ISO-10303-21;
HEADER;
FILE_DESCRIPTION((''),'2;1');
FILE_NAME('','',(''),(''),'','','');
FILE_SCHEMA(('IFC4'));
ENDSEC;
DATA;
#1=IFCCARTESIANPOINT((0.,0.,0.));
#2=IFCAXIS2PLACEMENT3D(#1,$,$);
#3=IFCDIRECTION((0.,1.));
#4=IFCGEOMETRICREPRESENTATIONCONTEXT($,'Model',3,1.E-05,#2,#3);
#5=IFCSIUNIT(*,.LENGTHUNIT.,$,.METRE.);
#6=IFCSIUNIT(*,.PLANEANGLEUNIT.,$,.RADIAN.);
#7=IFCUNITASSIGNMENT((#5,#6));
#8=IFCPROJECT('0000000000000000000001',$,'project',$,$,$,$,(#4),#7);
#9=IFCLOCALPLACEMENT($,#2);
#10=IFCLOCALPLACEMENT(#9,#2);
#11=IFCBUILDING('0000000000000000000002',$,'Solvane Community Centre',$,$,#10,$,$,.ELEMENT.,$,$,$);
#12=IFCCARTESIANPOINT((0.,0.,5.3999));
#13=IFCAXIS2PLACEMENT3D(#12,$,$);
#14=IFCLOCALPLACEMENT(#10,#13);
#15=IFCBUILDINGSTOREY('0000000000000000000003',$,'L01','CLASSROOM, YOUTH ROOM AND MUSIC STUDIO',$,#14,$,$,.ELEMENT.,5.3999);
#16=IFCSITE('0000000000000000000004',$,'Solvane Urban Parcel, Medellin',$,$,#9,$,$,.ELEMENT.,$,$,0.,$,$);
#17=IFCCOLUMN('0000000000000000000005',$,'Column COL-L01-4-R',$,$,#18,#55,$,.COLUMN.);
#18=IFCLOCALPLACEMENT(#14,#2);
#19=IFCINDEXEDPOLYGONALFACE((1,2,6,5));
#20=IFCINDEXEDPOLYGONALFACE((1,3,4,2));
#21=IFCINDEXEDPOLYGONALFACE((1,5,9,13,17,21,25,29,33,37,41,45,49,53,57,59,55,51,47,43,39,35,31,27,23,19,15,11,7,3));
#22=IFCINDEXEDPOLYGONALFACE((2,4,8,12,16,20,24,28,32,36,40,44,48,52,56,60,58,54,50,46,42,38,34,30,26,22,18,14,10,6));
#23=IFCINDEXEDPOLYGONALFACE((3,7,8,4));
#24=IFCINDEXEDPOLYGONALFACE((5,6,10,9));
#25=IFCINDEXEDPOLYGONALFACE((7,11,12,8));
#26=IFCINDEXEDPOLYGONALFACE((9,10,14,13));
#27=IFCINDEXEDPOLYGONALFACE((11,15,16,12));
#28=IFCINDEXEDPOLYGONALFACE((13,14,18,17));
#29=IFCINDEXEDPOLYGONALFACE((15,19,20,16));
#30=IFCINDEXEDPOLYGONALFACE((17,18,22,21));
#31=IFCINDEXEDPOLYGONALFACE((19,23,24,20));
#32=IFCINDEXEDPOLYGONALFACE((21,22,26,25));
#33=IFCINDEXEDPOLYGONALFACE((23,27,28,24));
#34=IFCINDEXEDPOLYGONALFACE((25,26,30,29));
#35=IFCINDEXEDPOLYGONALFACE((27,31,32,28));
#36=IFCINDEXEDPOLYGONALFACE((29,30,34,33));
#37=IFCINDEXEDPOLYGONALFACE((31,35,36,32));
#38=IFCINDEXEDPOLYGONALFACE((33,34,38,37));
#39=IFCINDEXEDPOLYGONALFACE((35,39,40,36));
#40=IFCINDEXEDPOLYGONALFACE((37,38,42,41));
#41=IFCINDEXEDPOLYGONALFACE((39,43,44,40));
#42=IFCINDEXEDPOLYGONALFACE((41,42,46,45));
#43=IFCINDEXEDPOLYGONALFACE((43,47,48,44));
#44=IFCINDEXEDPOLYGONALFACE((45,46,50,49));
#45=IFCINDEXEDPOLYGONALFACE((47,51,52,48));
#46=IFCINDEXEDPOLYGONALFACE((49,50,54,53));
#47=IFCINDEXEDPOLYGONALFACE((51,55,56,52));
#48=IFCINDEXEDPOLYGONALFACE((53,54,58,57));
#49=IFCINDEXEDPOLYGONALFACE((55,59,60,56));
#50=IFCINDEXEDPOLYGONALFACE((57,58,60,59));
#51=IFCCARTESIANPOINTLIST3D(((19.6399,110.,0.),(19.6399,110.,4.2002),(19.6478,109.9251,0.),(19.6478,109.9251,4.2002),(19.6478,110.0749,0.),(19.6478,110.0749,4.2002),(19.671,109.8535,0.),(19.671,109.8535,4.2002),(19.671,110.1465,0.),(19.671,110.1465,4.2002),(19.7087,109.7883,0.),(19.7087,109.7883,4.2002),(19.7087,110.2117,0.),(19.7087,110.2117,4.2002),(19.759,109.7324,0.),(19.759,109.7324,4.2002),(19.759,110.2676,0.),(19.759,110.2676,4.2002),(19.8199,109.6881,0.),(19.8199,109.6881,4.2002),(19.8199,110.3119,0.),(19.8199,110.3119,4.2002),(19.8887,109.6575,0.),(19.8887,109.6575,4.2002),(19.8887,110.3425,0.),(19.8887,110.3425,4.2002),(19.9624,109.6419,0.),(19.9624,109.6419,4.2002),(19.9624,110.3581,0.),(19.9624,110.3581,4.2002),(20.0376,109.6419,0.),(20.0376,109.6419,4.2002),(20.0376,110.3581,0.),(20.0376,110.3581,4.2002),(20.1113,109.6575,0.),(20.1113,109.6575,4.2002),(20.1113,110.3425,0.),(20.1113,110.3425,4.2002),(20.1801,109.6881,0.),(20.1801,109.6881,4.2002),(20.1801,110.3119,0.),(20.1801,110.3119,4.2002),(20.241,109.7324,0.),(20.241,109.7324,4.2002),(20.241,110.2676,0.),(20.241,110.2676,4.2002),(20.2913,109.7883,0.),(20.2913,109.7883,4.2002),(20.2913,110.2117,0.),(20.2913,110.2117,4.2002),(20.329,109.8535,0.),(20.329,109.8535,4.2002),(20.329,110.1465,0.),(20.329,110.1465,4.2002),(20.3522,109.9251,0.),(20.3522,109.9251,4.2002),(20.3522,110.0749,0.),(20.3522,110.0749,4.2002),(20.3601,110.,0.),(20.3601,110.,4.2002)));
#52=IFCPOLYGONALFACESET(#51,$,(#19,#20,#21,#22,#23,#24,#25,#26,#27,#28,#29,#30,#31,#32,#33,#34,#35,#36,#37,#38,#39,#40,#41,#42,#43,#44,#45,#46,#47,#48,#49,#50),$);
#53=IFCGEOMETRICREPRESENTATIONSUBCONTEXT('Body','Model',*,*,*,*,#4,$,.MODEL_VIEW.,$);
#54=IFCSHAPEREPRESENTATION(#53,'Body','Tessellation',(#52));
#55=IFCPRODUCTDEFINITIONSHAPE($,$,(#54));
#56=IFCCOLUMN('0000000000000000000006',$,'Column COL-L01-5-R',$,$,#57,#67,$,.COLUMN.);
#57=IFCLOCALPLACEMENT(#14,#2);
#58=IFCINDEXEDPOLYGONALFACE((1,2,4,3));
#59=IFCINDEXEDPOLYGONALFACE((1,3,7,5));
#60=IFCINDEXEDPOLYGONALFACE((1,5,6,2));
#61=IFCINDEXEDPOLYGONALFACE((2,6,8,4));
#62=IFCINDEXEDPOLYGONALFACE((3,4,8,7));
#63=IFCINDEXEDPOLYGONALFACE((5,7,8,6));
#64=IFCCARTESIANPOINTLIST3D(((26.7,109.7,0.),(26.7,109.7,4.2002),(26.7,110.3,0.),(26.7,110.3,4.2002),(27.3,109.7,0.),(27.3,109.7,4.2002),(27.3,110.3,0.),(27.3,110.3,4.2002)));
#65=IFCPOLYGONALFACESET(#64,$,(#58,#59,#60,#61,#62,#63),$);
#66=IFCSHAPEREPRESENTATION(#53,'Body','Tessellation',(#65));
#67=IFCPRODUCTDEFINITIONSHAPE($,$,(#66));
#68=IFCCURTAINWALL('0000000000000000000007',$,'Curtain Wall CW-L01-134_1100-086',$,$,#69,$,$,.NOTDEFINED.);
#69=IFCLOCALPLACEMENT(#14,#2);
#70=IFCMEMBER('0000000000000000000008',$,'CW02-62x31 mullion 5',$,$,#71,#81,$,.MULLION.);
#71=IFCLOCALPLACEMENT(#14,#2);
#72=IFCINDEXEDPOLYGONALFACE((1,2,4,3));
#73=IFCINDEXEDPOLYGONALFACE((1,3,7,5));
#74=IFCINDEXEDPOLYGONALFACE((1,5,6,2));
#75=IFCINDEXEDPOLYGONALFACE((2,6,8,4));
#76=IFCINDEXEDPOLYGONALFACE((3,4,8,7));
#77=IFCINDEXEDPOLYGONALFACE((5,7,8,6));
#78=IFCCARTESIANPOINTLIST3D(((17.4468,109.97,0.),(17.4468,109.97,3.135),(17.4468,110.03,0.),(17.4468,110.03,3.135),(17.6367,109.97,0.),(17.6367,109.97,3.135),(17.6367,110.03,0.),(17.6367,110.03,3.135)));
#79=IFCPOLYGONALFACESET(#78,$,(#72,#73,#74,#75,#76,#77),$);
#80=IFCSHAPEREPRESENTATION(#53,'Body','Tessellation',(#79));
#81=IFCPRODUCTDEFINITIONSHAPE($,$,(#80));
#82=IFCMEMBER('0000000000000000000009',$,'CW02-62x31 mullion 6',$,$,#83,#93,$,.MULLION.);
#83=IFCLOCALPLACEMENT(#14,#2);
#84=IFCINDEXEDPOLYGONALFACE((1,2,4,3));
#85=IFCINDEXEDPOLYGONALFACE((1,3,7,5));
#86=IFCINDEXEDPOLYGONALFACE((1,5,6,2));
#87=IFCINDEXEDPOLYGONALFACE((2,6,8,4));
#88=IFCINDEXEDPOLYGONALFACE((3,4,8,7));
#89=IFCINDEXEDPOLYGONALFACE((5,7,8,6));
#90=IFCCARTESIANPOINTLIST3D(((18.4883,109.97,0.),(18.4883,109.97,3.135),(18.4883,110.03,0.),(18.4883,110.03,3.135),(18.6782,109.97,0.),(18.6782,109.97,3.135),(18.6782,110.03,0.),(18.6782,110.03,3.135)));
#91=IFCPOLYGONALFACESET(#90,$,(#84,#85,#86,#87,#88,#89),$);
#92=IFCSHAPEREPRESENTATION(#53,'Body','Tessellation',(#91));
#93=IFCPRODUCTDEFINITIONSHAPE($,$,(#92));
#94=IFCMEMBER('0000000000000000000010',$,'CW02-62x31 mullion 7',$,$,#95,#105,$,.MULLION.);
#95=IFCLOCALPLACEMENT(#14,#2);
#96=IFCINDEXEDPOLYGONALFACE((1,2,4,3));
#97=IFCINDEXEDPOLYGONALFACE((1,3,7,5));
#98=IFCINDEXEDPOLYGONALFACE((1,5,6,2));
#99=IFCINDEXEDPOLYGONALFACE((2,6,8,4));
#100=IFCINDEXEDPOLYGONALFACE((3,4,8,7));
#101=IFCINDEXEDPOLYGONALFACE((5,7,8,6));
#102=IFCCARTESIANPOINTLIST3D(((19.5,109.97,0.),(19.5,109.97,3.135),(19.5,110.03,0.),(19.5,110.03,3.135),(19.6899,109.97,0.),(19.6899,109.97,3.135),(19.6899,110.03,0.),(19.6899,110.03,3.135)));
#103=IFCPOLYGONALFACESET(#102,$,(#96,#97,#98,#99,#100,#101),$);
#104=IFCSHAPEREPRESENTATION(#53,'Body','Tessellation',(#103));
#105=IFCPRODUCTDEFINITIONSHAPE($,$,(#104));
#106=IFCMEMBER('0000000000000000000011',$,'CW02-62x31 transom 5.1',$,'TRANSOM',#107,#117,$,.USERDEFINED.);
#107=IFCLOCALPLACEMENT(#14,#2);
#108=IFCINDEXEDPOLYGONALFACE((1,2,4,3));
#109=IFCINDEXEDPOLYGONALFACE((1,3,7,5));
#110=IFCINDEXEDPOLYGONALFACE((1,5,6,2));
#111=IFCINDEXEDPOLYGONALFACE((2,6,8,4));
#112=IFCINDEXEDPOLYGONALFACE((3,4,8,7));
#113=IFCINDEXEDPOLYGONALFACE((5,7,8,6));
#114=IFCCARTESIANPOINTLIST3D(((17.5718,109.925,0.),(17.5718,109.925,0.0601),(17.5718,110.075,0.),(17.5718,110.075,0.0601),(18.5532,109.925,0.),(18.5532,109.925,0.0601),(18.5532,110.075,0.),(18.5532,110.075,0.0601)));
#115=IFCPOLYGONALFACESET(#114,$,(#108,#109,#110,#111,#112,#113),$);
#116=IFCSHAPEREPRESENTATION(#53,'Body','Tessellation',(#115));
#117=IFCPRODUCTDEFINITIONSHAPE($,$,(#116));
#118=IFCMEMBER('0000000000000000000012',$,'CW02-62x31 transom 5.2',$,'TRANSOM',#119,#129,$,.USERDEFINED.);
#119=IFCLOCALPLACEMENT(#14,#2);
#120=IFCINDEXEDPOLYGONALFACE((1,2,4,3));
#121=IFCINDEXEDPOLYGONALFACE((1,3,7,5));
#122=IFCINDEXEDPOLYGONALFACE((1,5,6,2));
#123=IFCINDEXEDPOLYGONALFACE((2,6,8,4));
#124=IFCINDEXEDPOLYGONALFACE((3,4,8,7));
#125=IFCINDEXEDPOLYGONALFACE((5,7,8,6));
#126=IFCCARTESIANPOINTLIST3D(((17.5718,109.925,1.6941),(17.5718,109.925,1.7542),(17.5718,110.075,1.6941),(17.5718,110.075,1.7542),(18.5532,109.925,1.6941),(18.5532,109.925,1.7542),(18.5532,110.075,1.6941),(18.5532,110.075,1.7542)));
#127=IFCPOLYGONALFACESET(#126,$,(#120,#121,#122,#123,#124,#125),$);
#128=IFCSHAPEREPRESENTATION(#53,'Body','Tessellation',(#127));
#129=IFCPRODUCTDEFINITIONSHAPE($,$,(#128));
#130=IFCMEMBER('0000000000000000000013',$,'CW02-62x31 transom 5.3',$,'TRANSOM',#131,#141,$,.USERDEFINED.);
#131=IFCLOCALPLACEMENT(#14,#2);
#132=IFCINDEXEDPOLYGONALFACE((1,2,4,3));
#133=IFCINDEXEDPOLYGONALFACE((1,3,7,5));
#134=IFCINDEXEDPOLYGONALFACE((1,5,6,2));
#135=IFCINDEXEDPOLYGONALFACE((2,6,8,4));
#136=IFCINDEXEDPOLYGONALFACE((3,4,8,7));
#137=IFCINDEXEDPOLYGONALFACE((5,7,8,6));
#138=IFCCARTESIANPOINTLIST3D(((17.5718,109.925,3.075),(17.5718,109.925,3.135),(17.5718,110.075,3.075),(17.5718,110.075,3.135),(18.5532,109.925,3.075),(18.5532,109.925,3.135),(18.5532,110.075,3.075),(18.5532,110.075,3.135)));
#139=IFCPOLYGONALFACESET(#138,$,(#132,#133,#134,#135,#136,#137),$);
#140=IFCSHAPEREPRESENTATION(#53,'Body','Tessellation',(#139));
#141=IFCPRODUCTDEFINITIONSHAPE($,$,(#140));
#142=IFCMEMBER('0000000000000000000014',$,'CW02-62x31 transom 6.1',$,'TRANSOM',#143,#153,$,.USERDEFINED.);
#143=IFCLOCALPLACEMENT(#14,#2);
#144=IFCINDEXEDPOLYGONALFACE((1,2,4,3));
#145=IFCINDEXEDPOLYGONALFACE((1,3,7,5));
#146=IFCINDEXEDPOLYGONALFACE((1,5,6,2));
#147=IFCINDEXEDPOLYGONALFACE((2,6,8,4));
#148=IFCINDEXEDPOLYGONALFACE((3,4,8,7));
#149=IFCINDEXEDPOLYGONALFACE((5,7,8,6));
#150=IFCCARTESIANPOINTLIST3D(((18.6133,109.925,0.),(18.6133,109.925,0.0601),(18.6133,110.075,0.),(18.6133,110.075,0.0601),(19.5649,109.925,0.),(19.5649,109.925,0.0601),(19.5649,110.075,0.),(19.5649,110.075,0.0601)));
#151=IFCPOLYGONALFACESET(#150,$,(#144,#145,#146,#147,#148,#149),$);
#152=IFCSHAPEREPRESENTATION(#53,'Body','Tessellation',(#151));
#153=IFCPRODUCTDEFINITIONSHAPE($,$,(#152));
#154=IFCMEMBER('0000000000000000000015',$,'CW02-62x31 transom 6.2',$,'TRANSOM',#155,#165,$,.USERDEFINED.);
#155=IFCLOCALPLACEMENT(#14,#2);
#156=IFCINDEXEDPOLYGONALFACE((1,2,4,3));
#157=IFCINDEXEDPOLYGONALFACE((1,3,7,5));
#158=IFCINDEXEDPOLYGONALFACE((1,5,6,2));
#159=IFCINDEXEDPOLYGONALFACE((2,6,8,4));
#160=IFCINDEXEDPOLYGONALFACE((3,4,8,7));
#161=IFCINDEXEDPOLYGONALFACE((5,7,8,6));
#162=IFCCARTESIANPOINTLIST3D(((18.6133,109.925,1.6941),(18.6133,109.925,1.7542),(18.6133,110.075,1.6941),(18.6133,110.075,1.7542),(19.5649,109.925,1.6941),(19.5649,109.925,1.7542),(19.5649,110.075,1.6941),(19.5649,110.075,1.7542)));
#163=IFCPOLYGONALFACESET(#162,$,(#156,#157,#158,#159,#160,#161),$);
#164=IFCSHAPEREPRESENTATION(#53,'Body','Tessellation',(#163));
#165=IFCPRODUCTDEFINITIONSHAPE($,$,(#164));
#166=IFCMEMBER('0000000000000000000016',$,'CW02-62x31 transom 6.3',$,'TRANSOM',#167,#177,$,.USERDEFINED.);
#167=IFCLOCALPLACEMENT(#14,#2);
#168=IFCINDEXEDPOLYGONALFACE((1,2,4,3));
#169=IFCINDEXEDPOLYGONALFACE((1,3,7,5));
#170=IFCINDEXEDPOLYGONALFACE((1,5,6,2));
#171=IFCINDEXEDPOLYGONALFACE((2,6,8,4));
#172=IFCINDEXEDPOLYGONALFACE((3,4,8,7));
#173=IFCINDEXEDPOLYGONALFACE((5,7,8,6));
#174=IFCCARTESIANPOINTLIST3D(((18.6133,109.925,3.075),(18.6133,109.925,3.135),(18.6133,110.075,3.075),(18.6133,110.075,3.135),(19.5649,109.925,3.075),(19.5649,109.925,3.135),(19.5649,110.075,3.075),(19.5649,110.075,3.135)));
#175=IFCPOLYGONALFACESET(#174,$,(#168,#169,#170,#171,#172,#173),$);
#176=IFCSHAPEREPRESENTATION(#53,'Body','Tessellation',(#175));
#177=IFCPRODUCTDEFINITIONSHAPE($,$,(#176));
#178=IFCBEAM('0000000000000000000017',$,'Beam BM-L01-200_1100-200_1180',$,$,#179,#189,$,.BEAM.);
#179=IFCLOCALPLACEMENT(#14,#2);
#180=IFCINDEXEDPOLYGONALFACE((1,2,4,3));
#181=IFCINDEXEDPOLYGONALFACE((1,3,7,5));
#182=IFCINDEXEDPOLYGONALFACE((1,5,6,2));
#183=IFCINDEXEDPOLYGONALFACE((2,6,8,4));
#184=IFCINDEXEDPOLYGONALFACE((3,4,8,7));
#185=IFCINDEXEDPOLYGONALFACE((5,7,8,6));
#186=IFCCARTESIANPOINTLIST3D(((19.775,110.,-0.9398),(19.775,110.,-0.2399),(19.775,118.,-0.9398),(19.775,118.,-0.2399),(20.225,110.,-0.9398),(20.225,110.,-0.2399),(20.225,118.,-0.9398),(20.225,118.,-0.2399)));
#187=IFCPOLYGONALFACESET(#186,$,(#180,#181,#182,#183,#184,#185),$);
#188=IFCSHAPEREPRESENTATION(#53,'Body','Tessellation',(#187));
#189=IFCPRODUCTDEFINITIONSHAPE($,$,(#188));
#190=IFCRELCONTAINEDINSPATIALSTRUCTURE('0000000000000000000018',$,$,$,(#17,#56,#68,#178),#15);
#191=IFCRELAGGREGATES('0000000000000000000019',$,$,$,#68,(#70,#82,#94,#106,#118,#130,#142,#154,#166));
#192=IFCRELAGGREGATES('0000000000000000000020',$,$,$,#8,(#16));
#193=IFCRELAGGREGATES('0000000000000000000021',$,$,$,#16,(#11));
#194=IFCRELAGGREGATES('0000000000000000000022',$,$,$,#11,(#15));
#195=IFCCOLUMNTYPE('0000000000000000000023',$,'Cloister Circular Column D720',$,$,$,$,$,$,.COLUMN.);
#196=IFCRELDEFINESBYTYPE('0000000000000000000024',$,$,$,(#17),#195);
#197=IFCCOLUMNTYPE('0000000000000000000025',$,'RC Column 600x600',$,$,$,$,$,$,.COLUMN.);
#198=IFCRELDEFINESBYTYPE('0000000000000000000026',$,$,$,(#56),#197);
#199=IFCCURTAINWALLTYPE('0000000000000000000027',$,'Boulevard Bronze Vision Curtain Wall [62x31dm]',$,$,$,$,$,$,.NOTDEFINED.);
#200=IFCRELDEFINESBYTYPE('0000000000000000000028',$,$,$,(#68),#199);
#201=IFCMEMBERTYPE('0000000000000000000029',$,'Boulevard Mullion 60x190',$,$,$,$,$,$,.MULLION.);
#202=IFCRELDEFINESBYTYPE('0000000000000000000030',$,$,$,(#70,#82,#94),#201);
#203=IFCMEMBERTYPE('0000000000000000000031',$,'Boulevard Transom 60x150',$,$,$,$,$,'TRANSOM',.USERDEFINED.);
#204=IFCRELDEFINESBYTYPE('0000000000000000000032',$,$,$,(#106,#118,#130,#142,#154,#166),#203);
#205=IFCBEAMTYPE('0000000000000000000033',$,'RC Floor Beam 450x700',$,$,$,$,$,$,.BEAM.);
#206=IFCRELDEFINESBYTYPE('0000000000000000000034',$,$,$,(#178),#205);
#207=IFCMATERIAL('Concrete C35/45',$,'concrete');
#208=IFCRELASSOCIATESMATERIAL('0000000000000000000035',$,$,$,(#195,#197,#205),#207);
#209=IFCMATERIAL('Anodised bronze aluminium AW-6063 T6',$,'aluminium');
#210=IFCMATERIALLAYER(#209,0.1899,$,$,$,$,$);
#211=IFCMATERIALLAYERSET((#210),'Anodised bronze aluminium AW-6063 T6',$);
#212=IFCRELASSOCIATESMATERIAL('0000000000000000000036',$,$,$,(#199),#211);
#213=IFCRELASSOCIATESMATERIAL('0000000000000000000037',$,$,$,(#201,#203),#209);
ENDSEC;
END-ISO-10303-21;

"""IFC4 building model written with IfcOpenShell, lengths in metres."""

from ifc_helpers import new_model, si_unit, direction, frame, origin, origin_2d, place, context, subcontext, project, spatial, rectangle, circle, extrude, material, layer, layer_set, material_profile, profile_set, type_object, element, aggregate, save


model = new_model("IFC4")

# Units and contexts
model_context = context("Model", 3, precision=1e-05, world=origin(), true_north=direction((0.0, 1.0)))
body_context = subcontext(model_context, "Body", "Model", "MODEL_VIEW")
ifc_project = project(units=[si_unit("LENGTHUNIT", "METRE"), si_unit("PLANEANGLEUNIT", "RADIAN")], contexts=[model_context])

# Site, building, storey
site_placement = place(None, origin())
site = spatial("IfcSite", under=ifc_project, at=site_placement, Name="Solvane Urban Parcel, Medellin", CompositionType="ELEMENT", RefElevation=0.0)
building_placement = place(site_placement, origin())
building = spatial("IfcBuilding", under=site, at=building_placement, Name="Solvane Community Centre", CompositionType="ELEMENT")
storey_placement = place(building_placement, frame((0.0, 0.0, 5.3999)))
storey = spatial("IfcBuildingStorey", under=building, at=storey_placement, Name="L01", Description="CLASSROOM, YOUTH ROOM AND MUSIC STUDIO", CompositionType="ELEMENT", Elevation=5.3999)

# Columns
ifc_material_1 = material(Name="Concrete C35/45", Category="concrete")
ifc_material_profile_1 = material_profile(ifc_material_1, circle(Radius=0.3601, at=origin_2d()), Name="RC D720")
ifc_profile_set_1 = profile_set([ifc_material_profile_1], Name="Concrete C35/45")
column_type_1 = type_object("IfcColumnType", Name="Cloister Circular Column D720", PredefinedType="COLUMN", material=ifc_profile_set_1)
column_1_placement = place(storey_placement, frame((20.0, 110.0, 0.0), z_axis=(0.0, 0.0, 1.0), x_axis=(1.0, 0.0, 0.0)))
element("IfcColumn", 1, at=column_1_placement, inside=storey, type_object=column_type_1, Name="Column COL-L01-4-R", PredefinedType="COLUMN", context=body_context, shape_type="SweptSolid", body=[
    extrude(circle(Radius=0.3601, at=origin_2d()), origin(), (0.0, 0.0, 1.0), 4.2002),
])
ifc_material_profile_2 = material_profile(ifc_material_1, rectangle(XDim=0.6001, YDim=0.6001, at=origin_2d()), Name="RC 600x600")
ifc_profile_set_2 = profile_set([ifc_material_profile_2], Name="Concrete C35/45")
column_type_2 = type_object("IfcColumnType", Name="RC Column 600x600", PredefinedType="COLUMN", material=ifc_profile_set_2)
column_2_placement = place(storey_placement, frame((27.0, 110.0, 0.0), z_axis=(0.0, 0.0, 1.0), x_axis=(1.0, 0.0, 0.0)))
element("IfcColumn", 2, at=column_2_placement, inside=storey, type_object=column_type_2, Name="Column COL-L01-5-R", PredefinedType="COLUMN", context=body_context, shape_type="SweptSolid", body=[
    extrude(rectangle(XDim=0.6001, YDim=0.6001, at=origin_2d()), origin(), (0.0, 0.0, 1.0), 4.2002),
])

# Curtain wall, members
ifc_material_2 = material(Name="Anodised bronze aluminium AW-6063 T6", Category="aluminium")
ifc_layer_1 = layer(ifc_material_2, 0.1899)
ifc_layer_set_1 = layer_set([ifc_layer_1], Name="Anodised bronze aluminium AW-6063 T6")
curtain_wall_type = type_object("IfcCurtainWallType", Name="Boulevard Bronze Vision Curtain Wall [62x31dm]", PredefinedType="NOTDEFINED", material=ifc_layer_set_1)
curtain_wall_placement = place(storey_placement, origin())
curtain_wall = element("IfcCurtainWall", 3, at=curtain_wall_placement, inside=storey, type_object=curtain_wall_type, Name="Curtain Wall CW-L01-134_1100-086", PredefinedType="NOTDEFINED")
ifc_material_profile_3 = material_profile(ifc_material_2, rectangle(XDim=0.0601, YDim=0.1899, at=origin_2d()), Name="CW-M 60x190")
ifc_profile_set_3 = profile_set([ifc_material_profile_3], Name="Anodised bronze aluminium AW-6063 T6")
member_type_1 = type_object("IfcMemberType", Name="Boulevard Mullion 60x190", PredefinedType="MULLION", material=ifc_profile_set_3)
member_1_placement = place(storey_placement, frame((17.5417, 110.0, 0.0), z_axis=(0.0, 0.0, 1.0), x_axis=(0.0, 1.0, 0.0)))
member_1 = element("IfcMember", 4, at=member_1_placement, type_object=member_type_1, Name="CW02-62x31 mullion 5", PredefinedType="MULLION", context=body_context, shape_type="SweptSolid", body=[
    extrude(rectangle(XDim=0.0601, YDim=0.1899, at=origin_2d()), origin(), (0.0, 0.0, 1.0), 3.135),
])
member_2_placement = place(storey_placement, frame((18.5833, 110.0, 0.0), z_axis=(0.0, 0.0, 1.0), x_axis=(0.0, 1.0, 0.0)))
member_2 = element("IfcMember", 5, at=member_2_placement, type_object=member_type_1, Name="CW02-62x31 mullion 6", PredefinedType="MULLION", context=body_context, shape_type="SweptSolid", body=[
    extrude(rectangle(XDim=0.0601, YDim=0.1899, at=origin_2d()), origin(), (0.0, 0.0, 1.0), 3.135),
])
member_3_placement = place(storey_placement, frame((19.595, 110.0, 0.0), z_axis=(0.0, 0.0, 1.0), x_axis=(0.0, 1.0, 0.0)))
member_3 = element("IfcMember", 6, at=member_3_placement, type_object=member_type_1, Name="CW02-62x31 mullion 7", PredefinedType="MULLION", context=body_context, shape_type="SweptSolid", body=[
    extrude(rectangle(XDim=0.0601, YDim=0.1899, at=origin_2d()), origin(), (0.0, 0.0, 1.0), 3.135),
])
ifc_material_profile_4 = material_profile(ifc_material_2, rectangle(XDim=0.1499, YDim=0.0601, at=origin_2d()), Name="CW-T 60x150")
ifc_profile_set_4 = profile_set([ifc_material_profile_4], Name="Anodised bronze aluminium AW-6063 T6")
member_type_2 = type_object("IfcMemberType", Name="Boulevard Transom 60x150", ElementType="TRANSOM", PredefinedType="USERDEFINED", material=ifc_profile_set_4)
member_4_placement = place(storey_placement, frame((17.5718, 110.0, 0.03), z_axis=(1.0, 0.0, 0.0), x_axis=(0.0, 1.0, 0.0)))
member_4 = element("IfcMember", 7, at=member_4_placement, type_object=member_type_2, Name="CW02-62x31 transom 5.1", ObjectType="TRANSOM", PredefinedType="USERDEFINED", context=body_context, shape_type="SweptSolid", body=[
    extrude(rectangle(XDim=0.1499, YDim=0.0601, at=origin_2d()), origin(), (0.0, 0.0, 1.0), 0.9814),
])
member_5_placement = place(storey_placement, frame((17.5718, 110.0, 1.7241), z_axis=(1.0, 0.0, 0.0), x_axis=(0.0, 1.0, 0.0)))
member_5 = element("IfcMember", 8, at=member_5_placement, type_object=member_type_2, Name="CW02-62x31 transom 5.2", ObjectType="TRANSOM", PredefinedType="USERDEFINED", context=body_context, shape_type="SweptSolid", body=[
    extrude(rectangle(XDim=0.1499, YDim=0.0601, at=origin_2d()), origin(), (0.0, 0.0, 1.0), 0.9814),
])
member_6_placement = place(storey_placement, frame((17.5718, 110.0, 3.105), z_axis=(1.0, 0.0, 0.0), x_axis=(0.0, 1.0, 0.0)))
member_6 = element("IfcMember", 9, at=member_6_placement, type_object=member_type_2, Name="CW02-62x31 transom 5.3", ObjectType="TRANSOM", PredefinedType="USERDEFINED", context=body_context, shape_type="SweptSolid", body=[
    extrude(rectangle(XDim=0.1499, YDim=0.0601, at=origin_2d()), origin(), (0.0, 0.0, 1.0), 0.9814),
])
member_7_placement = place(storey_placement, frame((18.6133, 110.0, 0.03), z_axis=(1.0, 0.0, 0.0), x_axis=(0.0, 1.0, 0.0)))
member_7 = element("IfcMember", 10, at=member_7_placement, type_object=member_type_2, Name="CW02-62x31 transom 6.1", ObjectType="TRANSOM", PredefinedType="USERDEFINED", context=body_context, shape_type="SweptSolid", body=[
    extrude(rectangle(XDim=0.1499, YDim=0.0601, at=origin_2d()), origin(), (0.0, 0.0, 1.0), 0.9517),
])
member_8_placement = place(storey_placement, frame((18.6133, 110.0, 1.7241), z_axis=(1.0, 0.0, 0.0), x_axis=(0.0, 1.0, 0.0)))
member_8 = element("IfcMember", 11, at=member_8_placement, type_object=member_type_2, Name="CW02-62x31 transom 6.2", ObjectType="TRANSOM", PredefinedType="USERDEFINED", context=body_context, shape_type="SweptSolid", body=[
    extrude(rectangle(XDim=0.1499, YDim=0.0601, at=origin_2d()), origin(), (0.0, 0.0, 1.0), 0.9517),
])
member_9_placement = place(storey_placement, frame((18.6133, 110.0, 3.105), z_axis=(1.0, 0.0, 0.0), x_axis=(0.0, 1.0, 0.0)))
member_9 = element("IfcMember", 12, at=member_9_placement, type_object=member_type_2, Name="CW02-62x31 transom 6.3", ObjectType="TRANSOM", PredefinedType="USERDEFINED", context=body_context, shape_type="SweptSolid", body=[
    extrude(rectangle(XDim=0.1499, YDim=0.0601, at=origin_2d()), origin(), (0.0, 0.0, 1.0), 0.9517),
])

# Beam
ifc_material_profile_5 = material_profile(ifc_material_1, rectangle(XDim=0.45, YDim=0.7, at=origin_2d()), Name="RC 450x700")
ifc_profile_set_5 = profile_set([ifc_material_profile_5], Name="Concrete C35/45")
beam_type_1 = type_object("IfcBeamType", Name="RC Floor Beam 450x700", PredefinedType="BEAM", material=ifc_profile_set_5)
for number, where, z_axis, x_axis, name in (
    (13, (20.0, 110.0, -0.5898), (0.0, 1.0, 0.0), (-1.0, 0.0, 0.0), "Beam BM-L01-200_1100-200_1180"),
):
    element("IfcBeam", number, at=place(storey_placement, frame(where, z_axis=z_axis, x_axis=x_axis)), inside=storey, type_object=beam_type_1, Name=name, PredefinedType="BEAM", context=body_context, shape_type="SweptSolid", body=[
        extrude(rectangle(XDim=0.45, YDim=0.7, at=origin_2d()), origin(), (0.0, 0.0, 1.0), 8.0),
    ])

aggregate(curtain_wall, [member_1, member_2, member_3, member_4, member_5, member_6, member_7, member_8, member_9])

save(model, "model.ifc")
